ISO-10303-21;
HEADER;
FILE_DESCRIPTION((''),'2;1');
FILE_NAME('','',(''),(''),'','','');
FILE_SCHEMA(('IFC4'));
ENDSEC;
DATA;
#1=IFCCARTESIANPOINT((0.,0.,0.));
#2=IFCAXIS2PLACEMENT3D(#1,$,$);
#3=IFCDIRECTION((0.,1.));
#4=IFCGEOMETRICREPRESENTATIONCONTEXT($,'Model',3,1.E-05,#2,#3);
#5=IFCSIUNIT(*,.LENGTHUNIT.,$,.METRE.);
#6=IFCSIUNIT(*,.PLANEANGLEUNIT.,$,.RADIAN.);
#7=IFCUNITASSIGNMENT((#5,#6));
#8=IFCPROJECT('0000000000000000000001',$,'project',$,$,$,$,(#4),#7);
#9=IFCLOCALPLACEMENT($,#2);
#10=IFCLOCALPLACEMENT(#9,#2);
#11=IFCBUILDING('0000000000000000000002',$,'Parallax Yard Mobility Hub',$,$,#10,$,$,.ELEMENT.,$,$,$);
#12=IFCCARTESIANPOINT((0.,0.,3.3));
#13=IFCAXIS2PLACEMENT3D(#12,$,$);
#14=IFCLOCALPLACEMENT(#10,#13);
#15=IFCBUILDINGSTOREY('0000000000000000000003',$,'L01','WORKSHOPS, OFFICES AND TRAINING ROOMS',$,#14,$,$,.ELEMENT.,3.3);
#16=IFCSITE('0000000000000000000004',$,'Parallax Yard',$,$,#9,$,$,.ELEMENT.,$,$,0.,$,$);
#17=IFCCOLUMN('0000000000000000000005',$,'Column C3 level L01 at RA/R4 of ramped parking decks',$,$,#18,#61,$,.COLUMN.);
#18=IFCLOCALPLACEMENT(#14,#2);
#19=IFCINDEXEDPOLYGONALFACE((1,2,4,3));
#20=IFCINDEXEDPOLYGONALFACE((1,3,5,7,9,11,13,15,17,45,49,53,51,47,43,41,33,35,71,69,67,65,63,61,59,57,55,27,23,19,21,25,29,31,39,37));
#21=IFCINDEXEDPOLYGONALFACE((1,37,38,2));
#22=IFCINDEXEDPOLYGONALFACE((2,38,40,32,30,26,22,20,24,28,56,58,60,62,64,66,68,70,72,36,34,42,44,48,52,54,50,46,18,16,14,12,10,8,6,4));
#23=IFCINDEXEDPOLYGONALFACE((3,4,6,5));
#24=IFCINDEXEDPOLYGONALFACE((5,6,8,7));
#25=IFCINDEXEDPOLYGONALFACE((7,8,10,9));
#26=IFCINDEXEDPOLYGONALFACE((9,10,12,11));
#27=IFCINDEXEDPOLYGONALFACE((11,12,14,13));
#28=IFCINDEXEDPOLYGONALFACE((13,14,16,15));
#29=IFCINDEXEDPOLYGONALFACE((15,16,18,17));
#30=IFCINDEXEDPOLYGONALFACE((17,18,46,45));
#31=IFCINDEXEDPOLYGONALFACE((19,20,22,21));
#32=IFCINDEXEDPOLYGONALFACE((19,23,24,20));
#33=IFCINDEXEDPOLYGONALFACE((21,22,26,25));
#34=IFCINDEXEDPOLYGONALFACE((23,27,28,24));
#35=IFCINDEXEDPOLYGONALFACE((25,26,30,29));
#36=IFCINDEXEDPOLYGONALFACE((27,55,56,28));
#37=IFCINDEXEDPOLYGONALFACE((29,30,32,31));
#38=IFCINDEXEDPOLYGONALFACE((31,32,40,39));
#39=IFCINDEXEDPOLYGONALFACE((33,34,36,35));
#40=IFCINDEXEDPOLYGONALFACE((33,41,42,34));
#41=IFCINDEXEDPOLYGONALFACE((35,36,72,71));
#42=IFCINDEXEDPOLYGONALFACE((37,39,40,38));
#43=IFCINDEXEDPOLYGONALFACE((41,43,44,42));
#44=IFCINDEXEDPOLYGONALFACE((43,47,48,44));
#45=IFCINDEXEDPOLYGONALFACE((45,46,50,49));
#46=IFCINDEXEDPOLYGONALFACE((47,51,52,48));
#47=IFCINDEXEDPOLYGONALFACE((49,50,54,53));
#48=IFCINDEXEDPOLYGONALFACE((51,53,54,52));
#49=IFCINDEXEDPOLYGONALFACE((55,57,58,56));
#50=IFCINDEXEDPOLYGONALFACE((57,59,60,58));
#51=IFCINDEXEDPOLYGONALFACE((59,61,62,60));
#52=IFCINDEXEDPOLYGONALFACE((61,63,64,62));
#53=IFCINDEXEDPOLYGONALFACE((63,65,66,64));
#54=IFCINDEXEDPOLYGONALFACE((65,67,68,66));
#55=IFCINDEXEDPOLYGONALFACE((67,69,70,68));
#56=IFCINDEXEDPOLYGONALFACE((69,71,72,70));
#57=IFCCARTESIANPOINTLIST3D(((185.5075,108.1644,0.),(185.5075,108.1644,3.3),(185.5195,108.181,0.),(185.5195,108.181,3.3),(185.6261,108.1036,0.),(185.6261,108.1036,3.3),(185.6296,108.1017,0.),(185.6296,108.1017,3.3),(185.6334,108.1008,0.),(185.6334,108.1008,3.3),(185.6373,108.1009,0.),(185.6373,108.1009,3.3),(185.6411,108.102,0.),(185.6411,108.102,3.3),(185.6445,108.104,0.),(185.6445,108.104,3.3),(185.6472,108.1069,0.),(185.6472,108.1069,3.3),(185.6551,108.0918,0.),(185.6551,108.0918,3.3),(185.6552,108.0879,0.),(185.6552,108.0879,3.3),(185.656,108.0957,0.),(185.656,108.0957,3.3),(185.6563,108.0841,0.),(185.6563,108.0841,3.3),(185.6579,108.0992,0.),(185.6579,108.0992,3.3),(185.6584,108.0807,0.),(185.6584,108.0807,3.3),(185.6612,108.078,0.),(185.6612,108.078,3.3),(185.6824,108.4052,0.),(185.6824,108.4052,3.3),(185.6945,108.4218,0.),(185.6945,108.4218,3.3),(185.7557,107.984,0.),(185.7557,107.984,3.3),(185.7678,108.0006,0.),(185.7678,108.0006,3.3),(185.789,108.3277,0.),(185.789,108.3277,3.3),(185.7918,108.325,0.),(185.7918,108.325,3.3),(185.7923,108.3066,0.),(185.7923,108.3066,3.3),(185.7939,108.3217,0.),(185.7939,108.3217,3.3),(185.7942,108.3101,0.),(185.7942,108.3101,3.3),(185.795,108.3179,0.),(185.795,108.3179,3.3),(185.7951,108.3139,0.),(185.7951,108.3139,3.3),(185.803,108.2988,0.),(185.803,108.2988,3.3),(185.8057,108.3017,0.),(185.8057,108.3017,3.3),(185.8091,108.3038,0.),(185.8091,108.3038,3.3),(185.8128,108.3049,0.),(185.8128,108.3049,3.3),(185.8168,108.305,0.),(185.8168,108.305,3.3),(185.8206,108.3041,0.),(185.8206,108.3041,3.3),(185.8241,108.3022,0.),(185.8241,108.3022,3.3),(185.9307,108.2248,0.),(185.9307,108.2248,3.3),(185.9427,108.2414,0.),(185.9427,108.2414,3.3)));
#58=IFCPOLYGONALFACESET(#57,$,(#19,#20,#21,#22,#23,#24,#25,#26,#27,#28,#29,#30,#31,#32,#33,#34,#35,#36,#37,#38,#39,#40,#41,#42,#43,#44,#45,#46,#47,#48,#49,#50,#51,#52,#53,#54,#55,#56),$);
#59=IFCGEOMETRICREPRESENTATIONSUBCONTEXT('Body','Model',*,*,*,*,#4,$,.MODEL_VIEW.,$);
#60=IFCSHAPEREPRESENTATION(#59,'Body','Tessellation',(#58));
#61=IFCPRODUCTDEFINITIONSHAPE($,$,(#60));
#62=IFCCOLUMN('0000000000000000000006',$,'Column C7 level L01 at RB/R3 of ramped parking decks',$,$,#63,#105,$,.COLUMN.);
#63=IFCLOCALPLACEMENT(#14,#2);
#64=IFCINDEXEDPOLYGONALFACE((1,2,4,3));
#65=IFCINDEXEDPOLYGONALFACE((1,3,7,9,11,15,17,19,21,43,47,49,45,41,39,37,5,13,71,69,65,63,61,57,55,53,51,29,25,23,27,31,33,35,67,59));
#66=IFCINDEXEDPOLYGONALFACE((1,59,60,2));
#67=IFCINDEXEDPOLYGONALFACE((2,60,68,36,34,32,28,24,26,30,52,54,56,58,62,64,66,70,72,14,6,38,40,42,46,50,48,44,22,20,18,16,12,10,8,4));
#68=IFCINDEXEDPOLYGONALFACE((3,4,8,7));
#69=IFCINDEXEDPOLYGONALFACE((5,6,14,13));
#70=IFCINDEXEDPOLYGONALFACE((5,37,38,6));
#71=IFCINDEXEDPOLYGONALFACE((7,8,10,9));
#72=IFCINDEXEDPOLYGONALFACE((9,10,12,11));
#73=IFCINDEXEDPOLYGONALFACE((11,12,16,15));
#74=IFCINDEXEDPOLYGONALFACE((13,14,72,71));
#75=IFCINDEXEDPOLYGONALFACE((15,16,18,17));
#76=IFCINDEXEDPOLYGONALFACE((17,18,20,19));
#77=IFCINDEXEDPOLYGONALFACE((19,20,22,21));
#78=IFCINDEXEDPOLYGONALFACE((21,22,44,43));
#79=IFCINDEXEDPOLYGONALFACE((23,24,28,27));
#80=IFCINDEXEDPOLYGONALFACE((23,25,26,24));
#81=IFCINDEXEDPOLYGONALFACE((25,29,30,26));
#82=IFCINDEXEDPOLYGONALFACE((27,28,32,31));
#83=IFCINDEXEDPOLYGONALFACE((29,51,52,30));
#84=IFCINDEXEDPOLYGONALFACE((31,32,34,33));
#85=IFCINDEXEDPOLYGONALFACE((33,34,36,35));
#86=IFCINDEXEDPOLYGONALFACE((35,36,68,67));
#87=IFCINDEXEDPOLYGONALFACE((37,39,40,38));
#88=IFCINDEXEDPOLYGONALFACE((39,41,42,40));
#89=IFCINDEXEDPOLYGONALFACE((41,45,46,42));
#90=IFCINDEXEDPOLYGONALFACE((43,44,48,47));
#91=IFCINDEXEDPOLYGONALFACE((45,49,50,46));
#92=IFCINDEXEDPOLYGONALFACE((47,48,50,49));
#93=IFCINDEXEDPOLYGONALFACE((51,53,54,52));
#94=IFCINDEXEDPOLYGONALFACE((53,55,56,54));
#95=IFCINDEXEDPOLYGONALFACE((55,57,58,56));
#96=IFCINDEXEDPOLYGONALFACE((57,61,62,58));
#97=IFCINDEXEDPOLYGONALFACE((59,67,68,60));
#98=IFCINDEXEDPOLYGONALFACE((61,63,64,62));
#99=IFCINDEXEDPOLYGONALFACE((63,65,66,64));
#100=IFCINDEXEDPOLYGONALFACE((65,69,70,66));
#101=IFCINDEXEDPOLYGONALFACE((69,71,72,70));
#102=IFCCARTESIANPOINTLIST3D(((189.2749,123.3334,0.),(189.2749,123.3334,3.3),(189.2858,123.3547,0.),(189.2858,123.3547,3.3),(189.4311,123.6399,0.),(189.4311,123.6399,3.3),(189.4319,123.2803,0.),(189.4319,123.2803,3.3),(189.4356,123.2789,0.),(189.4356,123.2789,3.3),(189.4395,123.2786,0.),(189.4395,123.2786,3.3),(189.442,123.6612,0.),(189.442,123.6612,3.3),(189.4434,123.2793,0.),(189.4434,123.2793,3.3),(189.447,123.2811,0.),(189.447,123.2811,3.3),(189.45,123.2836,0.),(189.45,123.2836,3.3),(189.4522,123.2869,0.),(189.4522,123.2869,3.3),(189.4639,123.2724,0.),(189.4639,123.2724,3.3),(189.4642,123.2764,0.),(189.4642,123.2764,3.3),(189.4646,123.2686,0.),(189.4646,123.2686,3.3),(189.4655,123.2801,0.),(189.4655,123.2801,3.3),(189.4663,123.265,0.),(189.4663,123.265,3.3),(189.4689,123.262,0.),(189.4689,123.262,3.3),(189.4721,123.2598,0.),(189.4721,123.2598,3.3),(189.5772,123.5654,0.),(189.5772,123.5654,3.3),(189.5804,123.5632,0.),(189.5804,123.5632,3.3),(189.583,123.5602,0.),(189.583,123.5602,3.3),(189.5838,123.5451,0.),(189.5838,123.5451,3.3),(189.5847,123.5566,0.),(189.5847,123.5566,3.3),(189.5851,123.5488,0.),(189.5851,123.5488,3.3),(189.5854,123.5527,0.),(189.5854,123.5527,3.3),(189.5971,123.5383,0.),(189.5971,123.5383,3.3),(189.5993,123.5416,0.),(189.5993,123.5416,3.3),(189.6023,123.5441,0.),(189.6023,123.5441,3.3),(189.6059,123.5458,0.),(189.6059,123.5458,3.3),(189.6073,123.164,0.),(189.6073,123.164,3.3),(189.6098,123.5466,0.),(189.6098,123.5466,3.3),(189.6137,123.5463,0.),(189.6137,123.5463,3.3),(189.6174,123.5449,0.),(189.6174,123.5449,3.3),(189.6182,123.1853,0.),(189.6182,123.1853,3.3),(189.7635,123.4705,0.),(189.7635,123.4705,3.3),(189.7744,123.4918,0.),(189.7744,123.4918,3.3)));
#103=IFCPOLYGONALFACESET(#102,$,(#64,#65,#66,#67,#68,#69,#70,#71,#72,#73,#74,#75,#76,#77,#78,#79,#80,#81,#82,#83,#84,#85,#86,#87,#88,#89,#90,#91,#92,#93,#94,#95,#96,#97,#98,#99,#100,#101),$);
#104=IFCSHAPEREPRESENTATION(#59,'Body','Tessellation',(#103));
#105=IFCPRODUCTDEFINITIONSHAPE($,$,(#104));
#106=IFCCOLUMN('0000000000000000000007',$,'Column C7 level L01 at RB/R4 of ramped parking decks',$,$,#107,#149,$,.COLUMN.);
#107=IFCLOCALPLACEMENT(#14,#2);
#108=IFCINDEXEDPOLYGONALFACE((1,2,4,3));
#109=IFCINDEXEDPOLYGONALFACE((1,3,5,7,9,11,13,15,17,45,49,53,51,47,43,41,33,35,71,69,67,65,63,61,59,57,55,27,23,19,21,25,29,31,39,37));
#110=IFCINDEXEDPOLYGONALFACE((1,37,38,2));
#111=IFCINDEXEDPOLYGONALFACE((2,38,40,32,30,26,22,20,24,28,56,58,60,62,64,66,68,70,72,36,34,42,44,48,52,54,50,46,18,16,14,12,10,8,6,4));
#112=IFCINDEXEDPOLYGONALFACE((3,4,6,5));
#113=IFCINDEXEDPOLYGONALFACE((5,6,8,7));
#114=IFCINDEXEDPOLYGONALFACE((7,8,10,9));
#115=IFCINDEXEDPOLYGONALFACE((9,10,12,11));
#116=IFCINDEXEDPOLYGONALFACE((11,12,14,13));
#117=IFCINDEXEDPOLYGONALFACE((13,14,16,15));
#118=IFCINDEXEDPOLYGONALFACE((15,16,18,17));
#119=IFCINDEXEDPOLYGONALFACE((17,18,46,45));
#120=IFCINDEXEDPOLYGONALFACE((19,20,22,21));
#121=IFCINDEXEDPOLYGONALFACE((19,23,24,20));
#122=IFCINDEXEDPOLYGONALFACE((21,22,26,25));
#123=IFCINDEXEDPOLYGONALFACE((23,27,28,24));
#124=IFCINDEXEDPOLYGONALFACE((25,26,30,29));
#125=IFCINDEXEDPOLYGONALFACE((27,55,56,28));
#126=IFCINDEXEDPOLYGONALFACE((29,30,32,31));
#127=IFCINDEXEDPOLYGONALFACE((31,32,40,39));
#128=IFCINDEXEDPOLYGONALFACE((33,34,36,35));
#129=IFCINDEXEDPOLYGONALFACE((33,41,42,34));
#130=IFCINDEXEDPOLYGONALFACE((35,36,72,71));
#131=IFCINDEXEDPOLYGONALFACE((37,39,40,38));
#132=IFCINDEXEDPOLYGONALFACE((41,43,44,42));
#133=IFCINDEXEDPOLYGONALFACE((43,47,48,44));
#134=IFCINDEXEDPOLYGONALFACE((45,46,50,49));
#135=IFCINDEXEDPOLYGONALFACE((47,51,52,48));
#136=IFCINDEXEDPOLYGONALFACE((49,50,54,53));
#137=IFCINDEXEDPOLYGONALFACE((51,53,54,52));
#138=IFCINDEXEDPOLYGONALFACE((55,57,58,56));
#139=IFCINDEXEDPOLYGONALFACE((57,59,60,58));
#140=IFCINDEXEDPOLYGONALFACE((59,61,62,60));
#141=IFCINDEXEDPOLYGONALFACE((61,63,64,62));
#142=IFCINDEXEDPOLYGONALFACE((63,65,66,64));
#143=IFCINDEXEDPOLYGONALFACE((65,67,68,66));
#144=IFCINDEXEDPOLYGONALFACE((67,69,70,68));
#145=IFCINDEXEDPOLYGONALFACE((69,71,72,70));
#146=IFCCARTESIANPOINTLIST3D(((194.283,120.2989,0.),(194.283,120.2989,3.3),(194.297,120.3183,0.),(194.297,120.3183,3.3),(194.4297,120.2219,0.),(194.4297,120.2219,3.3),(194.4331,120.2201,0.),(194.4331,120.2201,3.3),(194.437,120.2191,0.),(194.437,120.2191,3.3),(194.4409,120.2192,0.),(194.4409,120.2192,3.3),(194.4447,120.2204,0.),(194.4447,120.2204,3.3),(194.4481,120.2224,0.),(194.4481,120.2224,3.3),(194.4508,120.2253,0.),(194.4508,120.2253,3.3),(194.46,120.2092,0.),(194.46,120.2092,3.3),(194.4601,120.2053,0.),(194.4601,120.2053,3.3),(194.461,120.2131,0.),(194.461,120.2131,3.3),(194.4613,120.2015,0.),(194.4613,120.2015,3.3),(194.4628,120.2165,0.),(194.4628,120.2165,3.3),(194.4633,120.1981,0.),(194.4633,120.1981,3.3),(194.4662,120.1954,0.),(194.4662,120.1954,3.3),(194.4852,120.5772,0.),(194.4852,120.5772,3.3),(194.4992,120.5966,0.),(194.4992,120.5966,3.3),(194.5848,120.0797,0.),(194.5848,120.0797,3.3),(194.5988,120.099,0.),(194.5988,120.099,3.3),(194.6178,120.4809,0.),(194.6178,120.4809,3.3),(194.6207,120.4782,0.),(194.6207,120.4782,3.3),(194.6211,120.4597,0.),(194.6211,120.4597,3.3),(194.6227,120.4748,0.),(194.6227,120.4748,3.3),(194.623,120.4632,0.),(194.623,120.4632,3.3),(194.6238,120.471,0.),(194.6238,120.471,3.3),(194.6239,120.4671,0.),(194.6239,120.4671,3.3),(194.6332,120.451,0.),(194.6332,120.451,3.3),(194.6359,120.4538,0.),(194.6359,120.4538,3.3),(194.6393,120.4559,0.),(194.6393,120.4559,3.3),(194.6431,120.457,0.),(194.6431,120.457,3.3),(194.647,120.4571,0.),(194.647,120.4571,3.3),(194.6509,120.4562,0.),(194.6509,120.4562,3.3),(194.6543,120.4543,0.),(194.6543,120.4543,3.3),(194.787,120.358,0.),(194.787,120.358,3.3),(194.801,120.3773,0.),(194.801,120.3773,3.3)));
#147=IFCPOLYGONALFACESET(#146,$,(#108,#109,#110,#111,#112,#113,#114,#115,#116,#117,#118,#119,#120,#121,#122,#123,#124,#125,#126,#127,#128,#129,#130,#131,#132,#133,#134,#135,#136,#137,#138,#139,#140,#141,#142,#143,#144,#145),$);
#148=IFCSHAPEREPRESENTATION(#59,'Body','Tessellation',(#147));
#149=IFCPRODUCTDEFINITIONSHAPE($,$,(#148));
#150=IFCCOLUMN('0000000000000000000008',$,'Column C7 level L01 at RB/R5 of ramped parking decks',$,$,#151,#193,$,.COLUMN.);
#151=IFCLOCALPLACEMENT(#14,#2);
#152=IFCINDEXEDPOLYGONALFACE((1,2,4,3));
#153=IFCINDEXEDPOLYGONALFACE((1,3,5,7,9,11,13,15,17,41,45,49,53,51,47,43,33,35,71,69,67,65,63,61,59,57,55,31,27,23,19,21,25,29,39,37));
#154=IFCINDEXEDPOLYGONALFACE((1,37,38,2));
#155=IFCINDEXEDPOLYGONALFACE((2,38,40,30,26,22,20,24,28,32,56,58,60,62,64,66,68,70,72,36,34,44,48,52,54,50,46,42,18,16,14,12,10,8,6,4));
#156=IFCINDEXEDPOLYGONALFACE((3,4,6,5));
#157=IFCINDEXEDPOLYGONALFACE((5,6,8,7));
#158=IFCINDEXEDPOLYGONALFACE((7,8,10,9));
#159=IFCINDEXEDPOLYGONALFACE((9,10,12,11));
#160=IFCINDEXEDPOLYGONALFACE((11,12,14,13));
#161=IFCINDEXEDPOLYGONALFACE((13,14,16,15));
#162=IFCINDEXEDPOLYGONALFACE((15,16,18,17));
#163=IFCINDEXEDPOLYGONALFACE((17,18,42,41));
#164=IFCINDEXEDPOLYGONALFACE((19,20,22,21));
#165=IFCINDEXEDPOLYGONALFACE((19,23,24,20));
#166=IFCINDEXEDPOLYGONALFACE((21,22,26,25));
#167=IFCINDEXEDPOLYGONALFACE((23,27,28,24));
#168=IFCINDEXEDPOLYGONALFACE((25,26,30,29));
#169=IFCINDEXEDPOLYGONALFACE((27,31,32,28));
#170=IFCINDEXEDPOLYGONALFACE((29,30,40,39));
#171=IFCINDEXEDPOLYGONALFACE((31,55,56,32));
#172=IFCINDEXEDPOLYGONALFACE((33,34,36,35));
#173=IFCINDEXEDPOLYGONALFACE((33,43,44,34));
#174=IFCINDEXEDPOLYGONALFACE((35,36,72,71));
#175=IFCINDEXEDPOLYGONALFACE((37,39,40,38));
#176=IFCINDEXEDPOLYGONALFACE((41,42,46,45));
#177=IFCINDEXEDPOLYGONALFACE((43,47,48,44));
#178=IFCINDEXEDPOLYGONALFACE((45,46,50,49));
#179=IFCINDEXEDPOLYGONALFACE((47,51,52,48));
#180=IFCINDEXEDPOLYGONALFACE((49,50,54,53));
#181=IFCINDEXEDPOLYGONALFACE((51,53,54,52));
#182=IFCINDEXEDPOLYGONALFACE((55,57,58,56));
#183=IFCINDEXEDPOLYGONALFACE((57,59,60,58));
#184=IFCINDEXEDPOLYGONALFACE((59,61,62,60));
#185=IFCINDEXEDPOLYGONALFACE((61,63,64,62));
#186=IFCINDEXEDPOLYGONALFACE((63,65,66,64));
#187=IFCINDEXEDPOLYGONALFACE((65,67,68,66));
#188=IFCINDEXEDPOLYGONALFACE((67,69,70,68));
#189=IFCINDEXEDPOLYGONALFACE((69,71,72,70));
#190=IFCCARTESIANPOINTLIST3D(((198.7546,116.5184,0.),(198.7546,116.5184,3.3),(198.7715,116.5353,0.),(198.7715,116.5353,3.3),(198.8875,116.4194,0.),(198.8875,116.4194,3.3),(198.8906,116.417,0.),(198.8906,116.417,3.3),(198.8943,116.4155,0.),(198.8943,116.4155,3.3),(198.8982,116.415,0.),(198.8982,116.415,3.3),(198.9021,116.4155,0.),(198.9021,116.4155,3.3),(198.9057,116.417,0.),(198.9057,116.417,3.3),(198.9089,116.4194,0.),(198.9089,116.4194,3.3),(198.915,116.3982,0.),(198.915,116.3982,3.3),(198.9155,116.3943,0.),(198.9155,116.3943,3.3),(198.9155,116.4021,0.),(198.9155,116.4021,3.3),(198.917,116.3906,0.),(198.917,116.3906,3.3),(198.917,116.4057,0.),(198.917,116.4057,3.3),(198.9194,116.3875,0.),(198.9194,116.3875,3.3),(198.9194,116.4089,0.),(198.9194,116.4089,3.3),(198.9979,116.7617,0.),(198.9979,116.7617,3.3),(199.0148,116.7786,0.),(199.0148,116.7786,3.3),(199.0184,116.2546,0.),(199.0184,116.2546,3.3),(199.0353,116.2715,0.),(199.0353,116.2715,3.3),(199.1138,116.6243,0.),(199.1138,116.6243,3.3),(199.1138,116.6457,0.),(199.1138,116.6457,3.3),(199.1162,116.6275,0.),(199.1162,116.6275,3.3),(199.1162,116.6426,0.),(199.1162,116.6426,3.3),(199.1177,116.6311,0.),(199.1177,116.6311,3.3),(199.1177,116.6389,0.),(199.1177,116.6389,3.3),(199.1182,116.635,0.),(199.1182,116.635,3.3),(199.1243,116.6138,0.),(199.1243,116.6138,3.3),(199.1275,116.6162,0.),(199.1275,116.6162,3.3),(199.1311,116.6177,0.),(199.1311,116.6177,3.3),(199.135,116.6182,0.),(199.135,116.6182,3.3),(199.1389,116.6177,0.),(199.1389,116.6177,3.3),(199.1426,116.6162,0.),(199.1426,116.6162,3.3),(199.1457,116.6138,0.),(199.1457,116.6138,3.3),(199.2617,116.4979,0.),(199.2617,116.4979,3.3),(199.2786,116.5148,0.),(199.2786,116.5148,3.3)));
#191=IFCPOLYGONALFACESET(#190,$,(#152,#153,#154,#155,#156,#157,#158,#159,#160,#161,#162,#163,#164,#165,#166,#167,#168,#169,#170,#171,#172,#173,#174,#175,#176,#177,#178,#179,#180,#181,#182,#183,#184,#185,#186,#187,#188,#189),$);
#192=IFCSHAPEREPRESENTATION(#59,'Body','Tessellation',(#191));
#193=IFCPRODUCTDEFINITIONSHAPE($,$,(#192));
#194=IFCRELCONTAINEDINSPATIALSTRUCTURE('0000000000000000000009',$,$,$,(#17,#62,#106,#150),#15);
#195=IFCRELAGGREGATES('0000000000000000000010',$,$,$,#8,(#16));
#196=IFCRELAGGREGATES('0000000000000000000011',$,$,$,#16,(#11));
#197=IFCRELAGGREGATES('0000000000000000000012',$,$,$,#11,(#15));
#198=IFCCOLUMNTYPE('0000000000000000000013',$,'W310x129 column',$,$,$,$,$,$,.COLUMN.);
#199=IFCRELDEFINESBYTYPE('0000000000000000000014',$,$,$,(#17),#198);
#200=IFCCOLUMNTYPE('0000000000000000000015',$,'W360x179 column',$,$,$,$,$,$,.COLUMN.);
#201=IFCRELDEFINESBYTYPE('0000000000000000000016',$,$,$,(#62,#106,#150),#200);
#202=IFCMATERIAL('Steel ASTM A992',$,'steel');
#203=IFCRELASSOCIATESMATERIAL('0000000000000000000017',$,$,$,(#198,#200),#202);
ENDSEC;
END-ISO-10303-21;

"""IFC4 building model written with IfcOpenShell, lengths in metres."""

from ifc_helpers import new_model, si_unit, direction, frame, origin, origin_2d, place, context, subcontext, project, spatial, i_section, extrude, material, material_profile, profile_set, type_object, element, save


model = new_model("IFC4")

# Units and contexts
model_context = context("Model", 3, precision=1e-05, world=origin(), true_north=direction((0.0, 1.0)))
body_context = subcontext(model_context, "Body", "Model", "MODEL_VIEW")
ifc_project = project(units=[si_unit("LENGTHUNIT", "METRE"), si_unit("PLANEANGLEUNIT", "RADIAN")], contexts=[model_context])

# Site, building, storey
site_placement = place(None, origin())
site = spatial("IfcSite", under=ifc_project, at=site_placement, Name="Parallax Yard", CompositionType="ELEMENT", RefElevation=0.0)
building_placement = place(site_placement, origin())
building = spatial("IfcBuilding", under=site, at=building_placement, Name="Parallax Yard Mobility Hub", CompositionType="ELEMENT")
storey_placement = place(building_placement, frame((0.0, 0.0, 3.3)))
storey = spatial("IfcBuildingStorey", under=building, at=storey_placement, Name="L01", Description="WORKSHOPS, OFFICES AND TRAINING ROOMS", CompositionType="ELEMENT", Elevation=3.3)

# Columns
ifc_material_1 = material(Name="Steel ASTM A992", Category="steel")
ifc_material_profile_1 = material_profile(ifc_material_1, i_section(OverallWidth=0.3069, OverallDepth=0.3181, WebThickness=0.0132, FlangeThickness=0.0205, FilletRadius=0.0151, at=origin_2d()), Name="W310x129")
ifc_profile_set_1 = profile_set([ifc_material_profile_1], Name="Steel ASTM A992")
column_type_1 = type_object("IfcColumnType", Name="W310x129 column", PredefinedType="COLUMN", material=ifc_profile_set_1)
column_placement = place(storey_placement, frame((185.7251, 108.2029, 0.0), z_axis=(0.0, 0.0, 1.0), x_axis=(-0.809017, 0.587785, 0.0)))
element("IfcColumn", 1, at=column_placement, inside=storey, type_object=column_type_1, Name="Column C3 level L01 at RA/R4 of ramped parking decks", PredefinedType="COLUMN", context=body_context, shape_type="SweptSolid", body=[
    extrude(i_section(OverallWidth=0.3069, OverallDepth=0.3181, WebThickness=0.0132, FlangeThickness=0.0205, FilletRadius=0.0151, at=origin_2d()), origin(), (0.0, 0.0, 1.0), 3.3),
])
ifc_material_profile_2 = material_profile(ifc_material_1, i_section(OverallWidth=0.373, OverallDepth=0.3679, WebThickness=0.0149, FlangeThickness=0.0239, FilletRadius=0.0151, at=origin_2d()), Name="W360x179")
ifc_profile_set_2 = profile_set([ifc_material_profile_2], Name="Steel ASTM A992")
column_type_2 = type_object("IfcColumnType", Name="W360x179 column", PredefinedType="COLUMN", material=ifc_profile_set_2)
for number, where, z_axis, x_axis, name in (
    (2, (189.5247, 123.4126, 0.0), (0.0, 0.0, 1.0), (-0.891007, 0.45399, 0.0), "Column C7 level L01 at RB/R3 of ramped parking decks"),
    (3, (194.542, 120.3381, 0.0), (0.0, 0.0, 1.0), (-0.809017, 0.587785, 0.0), "Column C7 level L01 at RB/R4 of ramped parking decks"),
    (4, (199.0166, 116.5166, 0.0), (0.0, 0.0, 1.0), (-0.707107, 0.707107, 0.0), "Column C7 level L01 at RB/R5 of ramped parking decks"),
):
    element("IfcColumn", number, at=place(storey_placement, frame(where, z_axis=z_axis, x_axis=x_axis)), inside=storey, type_object=column_type_2, Name=name, PredefinedType="COLUMN", context=body_context, shape_type="SweptSolid", body=[
        extrude(i_section(OverallWidth=0.373, OverallDepth=0.3679, WebThickness=0.0149, FlangeThickness=0.0239, FilletRadius=0.0151, at=origin_2d()), origin(), (0.0, 0.0, 1.0), 3.3),
    ])

save(model, "model.ifc")
